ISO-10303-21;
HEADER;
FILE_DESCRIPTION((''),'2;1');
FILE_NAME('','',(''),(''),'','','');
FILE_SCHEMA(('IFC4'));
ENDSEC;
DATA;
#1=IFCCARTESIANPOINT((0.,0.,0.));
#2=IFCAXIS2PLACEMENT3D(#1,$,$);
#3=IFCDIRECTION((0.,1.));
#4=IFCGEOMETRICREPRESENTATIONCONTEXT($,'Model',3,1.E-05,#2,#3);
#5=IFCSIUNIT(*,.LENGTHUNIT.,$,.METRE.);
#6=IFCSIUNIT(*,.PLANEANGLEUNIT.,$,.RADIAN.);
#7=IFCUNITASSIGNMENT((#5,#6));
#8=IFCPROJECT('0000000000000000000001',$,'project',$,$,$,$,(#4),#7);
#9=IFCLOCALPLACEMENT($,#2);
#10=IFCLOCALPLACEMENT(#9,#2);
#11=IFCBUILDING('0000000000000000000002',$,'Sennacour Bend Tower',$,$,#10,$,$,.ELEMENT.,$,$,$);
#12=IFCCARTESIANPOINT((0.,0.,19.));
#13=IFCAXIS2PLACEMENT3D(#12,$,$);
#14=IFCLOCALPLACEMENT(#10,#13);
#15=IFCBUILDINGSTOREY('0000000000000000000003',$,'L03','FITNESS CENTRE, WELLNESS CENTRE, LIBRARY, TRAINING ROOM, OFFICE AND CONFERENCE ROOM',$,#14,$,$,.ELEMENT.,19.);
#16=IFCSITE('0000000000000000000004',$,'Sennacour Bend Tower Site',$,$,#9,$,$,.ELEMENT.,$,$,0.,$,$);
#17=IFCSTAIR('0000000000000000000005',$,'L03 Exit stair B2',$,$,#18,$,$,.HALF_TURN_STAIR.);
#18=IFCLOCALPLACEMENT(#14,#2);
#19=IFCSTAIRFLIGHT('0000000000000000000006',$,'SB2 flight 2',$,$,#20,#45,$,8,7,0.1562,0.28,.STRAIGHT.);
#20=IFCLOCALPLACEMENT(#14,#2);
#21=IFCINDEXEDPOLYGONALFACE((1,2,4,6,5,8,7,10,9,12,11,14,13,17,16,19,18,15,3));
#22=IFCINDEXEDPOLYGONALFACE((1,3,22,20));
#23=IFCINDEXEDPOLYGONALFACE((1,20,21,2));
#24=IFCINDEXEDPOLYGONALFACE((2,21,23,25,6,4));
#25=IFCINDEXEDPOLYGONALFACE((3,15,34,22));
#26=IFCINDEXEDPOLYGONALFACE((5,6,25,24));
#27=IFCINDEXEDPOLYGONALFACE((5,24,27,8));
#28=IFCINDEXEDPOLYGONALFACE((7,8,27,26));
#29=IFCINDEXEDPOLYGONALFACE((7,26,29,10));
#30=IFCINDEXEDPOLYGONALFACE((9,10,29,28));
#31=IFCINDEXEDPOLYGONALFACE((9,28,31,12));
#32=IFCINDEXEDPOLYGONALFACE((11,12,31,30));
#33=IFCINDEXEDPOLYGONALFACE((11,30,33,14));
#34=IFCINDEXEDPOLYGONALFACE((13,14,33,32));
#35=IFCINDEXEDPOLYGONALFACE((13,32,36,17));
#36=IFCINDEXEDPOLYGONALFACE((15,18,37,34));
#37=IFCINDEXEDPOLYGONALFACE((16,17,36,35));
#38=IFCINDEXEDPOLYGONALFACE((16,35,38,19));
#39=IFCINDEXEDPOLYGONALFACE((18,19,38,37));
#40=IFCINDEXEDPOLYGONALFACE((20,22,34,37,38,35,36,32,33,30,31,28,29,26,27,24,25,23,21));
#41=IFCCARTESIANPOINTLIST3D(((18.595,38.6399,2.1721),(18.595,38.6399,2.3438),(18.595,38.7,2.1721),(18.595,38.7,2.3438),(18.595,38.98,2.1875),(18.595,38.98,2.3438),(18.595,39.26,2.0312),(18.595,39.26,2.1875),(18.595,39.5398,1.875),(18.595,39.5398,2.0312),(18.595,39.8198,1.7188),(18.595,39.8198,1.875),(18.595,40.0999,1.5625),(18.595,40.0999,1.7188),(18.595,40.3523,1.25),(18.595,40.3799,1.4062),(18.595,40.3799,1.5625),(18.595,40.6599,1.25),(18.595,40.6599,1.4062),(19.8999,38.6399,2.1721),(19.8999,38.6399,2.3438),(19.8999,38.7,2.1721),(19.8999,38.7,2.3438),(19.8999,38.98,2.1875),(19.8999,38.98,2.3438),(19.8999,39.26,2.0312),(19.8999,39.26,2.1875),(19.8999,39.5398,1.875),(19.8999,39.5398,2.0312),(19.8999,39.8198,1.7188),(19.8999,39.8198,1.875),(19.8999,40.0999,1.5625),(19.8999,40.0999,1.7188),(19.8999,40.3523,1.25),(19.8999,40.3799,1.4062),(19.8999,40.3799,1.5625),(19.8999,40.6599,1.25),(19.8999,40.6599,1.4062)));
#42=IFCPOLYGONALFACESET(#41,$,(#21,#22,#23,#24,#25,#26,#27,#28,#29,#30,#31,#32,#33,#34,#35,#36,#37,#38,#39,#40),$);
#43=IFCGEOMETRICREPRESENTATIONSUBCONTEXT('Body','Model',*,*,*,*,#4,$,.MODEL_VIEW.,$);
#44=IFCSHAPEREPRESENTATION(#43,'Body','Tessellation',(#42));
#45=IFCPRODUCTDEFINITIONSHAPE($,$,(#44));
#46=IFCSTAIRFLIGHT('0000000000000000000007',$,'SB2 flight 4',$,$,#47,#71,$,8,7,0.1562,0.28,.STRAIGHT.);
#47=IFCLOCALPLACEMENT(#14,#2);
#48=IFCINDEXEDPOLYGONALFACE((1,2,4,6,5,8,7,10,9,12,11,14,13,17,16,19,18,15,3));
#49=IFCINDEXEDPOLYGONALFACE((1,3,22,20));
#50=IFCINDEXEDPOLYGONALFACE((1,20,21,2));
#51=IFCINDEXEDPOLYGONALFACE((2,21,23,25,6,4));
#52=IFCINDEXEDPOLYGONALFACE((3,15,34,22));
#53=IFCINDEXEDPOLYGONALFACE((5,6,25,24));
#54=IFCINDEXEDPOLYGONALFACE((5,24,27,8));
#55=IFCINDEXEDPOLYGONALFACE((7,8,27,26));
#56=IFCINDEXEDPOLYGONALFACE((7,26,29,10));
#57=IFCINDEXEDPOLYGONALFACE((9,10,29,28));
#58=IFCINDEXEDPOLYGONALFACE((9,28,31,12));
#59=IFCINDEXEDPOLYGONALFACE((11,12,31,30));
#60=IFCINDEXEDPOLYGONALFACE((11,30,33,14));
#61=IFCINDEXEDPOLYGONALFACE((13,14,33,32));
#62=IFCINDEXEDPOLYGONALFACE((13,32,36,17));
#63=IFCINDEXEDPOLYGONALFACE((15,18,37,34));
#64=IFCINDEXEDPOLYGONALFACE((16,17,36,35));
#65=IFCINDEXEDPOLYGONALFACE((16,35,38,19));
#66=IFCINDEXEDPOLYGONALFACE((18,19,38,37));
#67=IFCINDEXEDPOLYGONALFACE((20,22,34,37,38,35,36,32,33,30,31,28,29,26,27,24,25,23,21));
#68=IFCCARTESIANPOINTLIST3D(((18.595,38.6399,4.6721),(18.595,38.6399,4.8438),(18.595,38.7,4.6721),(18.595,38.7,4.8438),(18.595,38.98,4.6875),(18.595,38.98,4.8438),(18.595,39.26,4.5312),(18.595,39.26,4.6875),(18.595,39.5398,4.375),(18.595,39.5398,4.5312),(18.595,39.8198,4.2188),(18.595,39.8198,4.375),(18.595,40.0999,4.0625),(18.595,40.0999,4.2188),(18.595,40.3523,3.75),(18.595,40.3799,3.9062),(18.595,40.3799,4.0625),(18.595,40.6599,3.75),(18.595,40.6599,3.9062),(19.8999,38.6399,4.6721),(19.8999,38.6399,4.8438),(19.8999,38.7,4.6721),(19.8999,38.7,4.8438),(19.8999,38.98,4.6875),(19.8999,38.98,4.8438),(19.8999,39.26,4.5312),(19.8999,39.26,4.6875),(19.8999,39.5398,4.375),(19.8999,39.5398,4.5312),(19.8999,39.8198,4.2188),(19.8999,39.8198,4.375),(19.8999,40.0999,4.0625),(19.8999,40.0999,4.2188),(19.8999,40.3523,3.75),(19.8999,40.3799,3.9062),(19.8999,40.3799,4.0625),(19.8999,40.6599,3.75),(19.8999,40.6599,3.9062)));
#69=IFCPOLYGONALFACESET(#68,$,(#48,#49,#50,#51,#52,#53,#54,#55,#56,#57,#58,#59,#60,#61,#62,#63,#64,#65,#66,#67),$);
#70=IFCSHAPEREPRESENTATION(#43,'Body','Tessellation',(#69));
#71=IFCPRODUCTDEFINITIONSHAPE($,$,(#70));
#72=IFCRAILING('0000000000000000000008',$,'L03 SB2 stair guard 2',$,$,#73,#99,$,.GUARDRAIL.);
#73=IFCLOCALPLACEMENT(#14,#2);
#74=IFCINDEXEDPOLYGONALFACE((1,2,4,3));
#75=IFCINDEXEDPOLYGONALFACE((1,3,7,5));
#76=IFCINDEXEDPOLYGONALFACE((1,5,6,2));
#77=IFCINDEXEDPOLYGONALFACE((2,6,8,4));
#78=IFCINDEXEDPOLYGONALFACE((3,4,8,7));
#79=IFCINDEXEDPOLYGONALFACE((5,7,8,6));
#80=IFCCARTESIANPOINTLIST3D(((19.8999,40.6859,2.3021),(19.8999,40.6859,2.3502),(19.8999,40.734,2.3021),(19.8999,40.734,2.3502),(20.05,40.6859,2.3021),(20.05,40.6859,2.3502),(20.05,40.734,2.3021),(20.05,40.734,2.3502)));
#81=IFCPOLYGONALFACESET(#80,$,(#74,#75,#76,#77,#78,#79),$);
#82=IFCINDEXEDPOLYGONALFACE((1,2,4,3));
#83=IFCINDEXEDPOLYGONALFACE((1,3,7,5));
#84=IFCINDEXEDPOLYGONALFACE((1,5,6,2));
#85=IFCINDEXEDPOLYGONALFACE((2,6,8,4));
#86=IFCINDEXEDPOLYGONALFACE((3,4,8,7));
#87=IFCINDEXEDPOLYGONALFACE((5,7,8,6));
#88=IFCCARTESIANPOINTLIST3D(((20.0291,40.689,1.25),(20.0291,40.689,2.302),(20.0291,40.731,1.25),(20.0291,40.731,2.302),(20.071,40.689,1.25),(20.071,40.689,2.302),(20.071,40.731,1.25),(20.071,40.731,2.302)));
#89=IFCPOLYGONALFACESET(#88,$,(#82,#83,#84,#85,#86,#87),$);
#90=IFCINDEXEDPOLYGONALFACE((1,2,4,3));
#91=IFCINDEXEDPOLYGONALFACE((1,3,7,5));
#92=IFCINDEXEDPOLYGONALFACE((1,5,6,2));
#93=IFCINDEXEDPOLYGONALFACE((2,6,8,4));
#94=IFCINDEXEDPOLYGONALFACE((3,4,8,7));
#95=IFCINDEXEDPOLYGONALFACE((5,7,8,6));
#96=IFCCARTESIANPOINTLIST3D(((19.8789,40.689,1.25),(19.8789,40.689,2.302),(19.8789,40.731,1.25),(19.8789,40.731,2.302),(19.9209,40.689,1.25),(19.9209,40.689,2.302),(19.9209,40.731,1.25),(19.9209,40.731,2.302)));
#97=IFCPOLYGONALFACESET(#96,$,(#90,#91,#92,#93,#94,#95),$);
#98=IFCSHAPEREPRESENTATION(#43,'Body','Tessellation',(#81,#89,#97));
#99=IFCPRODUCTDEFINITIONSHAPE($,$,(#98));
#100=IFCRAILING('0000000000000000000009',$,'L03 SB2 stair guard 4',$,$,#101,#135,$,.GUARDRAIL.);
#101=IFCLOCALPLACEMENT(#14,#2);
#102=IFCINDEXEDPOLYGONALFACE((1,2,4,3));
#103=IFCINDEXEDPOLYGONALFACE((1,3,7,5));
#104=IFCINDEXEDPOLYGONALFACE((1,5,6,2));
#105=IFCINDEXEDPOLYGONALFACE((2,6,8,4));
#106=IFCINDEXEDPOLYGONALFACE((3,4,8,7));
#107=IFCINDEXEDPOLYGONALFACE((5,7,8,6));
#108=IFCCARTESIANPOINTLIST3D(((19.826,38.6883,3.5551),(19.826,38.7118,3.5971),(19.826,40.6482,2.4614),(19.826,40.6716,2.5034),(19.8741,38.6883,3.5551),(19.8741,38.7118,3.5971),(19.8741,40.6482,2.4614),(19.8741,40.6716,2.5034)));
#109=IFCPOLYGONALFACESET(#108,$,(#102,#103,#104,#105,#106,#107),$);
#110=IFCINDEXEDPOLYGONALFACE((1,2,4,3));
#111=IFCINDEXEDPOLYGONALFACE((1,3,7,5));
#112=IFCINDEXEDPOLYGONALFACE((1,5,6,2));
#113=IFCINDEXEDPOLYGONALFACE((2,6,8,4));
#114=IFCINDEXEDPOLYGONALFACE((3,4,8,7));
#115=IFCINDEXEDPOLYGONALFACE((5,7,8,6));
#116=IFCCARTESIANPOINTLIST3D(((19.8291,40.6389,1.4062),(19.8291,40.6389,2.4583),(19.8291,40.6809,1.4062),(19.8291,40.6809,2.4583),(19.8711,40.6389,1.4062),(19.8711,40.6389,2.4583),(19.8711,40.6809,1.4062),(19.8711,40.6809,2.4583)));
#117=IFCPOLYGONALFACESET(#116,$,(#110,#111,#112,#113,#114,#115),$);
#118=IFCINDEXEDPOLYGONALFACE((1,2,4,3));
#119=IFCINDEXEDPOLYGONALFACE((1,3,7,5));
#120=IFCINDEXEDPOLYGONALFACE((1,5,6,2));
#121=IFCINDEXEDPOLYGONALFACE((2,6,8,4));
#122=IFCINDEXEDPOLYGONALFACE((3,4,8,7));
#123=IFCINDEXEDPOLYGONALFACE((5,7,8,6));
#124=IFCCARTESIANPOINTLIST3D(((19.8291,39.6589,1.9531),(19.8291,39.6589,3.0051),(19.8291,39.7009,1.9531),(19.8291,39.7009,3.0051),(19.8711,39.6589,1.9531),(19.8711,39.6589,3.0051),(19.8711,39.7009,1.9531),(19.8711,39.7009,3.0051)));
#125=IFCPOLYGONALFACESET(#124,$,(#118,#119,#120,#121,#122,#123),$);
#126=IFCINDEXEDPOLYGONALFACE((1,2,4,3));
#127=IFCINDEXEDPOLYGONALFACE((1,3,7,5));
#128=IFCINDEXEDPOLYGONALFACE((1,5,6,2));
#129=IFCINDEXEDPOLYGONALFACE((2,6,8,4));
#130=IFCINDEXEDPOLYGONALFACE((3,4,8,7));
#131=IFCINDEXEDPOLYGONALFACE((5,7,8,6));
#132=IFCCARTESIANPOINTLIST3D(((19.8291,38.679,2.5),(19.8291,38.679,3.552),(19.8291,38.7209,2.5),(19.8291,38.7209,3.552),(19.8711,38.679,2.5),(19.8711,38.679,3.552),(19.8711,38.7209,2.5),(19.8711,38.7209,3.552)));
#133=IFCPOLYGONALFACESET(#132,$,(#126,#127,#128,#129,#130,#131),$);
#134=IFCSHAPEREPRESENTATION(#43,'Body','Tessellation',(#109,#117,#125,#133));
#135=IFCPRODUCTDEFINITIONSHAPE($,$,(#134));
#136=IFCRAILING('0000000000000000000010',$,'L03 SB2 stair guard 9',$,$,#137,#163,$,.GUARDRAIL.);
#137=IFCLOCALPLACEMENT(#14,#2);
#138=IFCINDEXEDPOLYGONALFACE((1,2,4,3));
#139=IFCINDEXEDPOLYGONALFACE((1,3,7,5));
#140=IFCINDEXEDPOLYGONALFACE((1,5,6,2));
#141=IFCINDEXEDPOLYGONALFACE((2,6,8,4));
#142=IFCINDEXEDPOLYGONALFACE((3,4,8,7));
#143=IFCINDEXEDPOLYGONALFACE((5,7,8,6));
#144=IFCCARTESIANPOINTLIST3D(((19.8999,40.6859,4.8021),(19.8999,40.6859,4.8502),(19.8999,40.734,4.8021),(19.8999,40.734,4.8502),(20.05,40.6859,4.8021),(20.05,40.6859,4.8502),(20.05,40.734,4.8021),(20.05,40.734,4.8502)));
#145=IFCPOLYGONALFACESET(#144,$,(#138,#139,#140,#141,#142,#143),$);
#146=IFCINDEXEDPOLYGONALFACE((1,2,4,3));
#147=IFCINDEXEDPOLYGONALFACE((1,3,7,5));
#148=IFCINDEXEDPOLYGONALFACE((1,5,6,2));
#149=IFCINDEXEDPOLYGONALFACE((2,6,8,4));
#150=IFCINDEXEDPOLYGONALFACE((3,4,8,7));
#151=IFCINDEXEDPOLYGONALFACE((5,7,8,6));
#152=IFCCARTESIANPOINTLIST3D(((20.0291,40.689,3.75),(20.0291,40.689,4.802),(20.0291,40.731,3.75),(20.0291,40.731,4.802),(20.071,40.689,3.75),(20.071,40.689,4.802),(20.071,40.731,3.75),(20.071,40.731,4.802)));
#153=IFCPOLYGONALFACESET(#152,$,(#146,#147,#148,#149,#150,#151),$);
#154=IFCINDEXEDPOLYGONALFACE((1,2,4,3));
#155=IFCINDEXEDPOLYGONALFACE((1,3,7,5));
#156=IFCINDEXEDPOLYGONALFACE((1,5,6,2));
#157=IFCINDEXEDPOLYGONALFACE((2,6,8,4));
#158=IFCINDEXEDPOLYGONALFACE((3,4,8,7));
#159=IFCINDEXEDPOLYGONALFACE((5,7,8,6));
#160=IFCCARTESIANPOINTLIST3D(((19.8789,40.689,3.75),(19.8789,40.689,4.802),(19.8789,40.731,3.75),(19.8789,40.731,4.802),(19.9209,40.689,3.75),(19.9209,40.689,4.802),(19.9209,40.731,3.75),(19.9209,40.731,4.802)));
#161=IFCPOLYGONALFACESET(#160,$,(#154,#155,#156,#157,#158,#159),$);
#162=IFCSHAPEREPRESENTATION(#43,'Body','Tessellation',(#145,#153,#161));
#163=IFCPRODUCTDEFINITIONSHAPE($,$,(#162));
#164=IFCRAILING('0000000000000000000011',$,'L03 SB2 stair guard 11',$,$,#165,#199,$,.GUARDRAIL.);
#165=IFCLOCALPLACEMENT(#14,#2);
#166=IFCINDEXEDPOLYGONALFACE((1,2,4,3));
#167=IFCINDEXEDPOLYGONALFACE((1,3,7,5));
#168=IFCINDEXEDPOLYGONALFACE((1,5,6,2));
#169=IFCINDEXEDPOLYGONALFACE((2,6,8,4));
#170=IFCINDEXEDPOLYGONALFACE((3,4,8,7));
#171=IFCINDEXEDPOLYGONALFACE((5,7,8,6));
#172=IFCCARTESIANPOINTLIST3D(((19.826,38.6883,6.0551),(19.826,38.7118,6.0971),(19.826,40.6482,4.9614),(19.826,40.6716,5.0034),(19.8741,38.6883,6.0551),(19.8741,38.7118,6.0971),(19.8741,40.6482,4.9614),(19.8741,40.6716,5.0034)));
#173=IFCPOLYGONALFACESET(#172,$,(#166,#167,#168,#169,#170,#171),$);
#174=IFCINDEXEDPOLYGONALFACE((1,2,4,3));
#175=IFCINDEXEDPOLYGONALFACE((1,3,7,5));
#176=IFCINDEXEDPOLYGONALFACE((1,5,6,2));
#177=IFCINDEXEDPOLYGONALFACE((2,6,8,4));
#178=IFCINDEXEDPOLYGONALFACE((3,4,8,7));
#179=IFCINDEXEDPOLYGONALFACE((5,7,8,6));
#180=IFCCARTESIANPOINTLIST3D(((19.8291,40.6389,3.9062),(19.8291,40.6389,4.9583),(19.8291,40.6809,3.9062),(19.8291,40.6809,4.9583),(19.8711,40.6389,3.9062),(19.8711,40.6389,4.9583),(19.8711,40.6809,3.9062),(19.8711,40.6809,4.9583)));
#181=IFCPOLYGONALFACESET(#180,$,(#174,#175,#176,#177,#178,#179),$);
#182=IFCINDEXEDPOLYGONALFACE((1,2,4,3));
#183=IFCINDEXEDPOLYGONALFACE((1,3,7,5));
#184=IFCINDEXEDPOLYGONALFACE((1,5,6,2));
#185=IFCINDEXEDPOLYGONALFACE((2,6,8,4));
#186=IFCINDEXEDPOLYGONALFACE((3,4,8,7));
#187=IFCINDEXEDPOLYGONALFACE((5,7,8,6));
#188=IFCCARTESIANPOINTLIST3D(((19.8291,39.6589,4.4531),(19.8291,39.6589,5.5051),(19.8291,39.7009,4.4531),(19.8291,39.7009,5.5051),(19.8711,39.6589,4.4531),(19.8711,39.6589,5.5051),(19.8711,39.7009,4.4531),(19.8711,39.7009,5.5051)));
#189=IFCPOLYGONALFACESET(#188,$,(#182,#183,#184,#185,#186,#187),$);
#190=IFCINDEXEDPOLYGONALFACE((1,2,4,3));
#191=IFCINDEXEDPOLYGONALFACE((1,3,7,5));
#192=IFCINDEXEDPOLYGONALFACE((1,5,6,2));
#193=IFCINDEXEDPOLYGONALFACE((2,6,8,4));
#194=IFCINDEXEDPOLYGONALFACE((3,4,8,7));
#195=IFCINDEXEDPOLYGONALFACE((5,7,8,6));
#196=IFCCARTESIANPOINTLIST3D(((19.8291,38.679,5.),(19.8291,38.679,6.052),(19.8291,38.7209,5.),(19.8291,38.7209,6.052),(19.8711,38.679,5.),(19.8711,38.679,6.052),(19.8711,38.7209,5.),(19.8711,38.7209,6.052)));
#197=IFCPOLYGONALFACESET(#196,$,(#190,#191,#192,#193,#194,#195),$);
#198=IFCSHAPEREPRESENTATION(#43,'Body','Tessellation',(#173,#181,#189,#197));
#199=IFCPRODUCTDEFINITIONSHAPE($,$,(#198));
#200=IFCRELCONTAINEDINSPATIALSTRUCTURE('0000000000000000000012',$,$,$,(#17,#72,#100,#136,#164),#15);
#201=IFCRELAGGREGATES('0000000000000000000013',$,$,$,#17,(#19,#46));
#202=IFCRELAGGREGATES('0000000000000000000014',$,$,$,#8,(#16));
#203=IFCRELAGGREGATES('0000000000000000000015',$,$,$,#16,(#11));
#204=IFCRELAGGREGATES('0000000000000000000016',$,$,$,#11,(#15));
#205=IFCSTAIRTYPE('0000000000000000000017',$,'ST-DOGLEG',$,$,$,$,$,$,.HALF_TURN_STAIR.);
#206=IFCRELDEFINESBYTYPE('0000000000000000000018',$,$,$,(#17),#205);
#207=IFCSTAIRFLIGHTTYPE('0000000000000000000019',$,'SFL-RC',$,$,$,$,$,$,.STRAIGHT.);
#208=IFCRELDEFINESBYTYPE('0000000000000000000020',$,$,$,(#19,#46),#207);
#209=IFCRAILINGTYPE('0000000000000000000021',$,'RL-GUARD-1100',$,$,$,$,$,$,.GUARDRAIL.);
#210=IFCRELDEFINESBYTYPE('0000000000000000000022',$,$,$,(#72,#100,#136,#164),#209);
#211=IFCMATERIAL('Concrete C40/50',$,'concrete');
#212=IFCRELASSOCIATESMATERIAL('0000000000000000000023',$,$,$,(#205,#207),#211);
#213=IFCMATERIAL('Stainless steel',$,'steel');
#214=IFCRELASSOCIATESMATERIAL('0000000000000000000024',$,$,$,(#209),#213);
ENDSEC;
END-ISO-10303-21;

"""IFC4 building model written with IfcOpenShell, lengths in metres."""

from ifc_helpers import new_model, si_unit, direction, frame, origin, origin_2d, place, context, subcontext, project, spatial, polyline, rectangle, outline, extrude, material, type_object, element, aggregate, save


model = new_model("IFC4")

# Units and contexts
model_context = context("Model", 3, precision=1e-05, world=origin(), true_north=direction((0.0, 1.0)))
body_context = subcontext(model_context, "Body", "Model", "MODEL_VIEW")
ifc_project = project(units=[si_unit("LENGTHUNIT", "METRE"), si_unit("PLANEANGLEUNIT", "RADIAN")], contexts=[model_context])

# Site, building, storey
site_placement = place(None, origin())
site = spatial("IfcSite", under=ifc_project, at=site_placement, Name="Sennacour Bend Tower Site", CompositionType="ELEMENT", RefElevation=0.0)
building_placement = place(site_placement, origin())
building = spatial("IfcBuilding", under=site, at=building_placement, Name="Sennacour Bend Tower", CompositionType="ELEMENT")
storey_placement = place(building_placement, frame((0.0, 0.0, 19.0)))
storey = spatial("IfcBuildingStorey", under=building, at=storey_placement, Name="L03", Description="FITNESS CENTRE, WELLNESS CENTRE, LIBRARY, TRAINING ROOM, OFFICE AND CONFERENCE ROOM", CompositionType="ELEMENT", Elevation=19.0)

# Shared definitions
ifc_material_1 = material(Name="Stainless steel", Category="steel")

# Stair, stair flights
ifc_material_2 = material(Name="Concrete C40/50", Category="concrete")
stair_type = type_object("IfcStairType", Name="ST-DOGLEG", PredefinedType="HALF_TURN_STAIR", material=ifc_material_2)
stair_placement = place(storey_placement, origin())
stair = element("IfcStair", 1, at=stair_placement, inside=storey, type_object=stair_type, Name="L03 Exit stair B2", PredefinedType="HALF_TURN_STAIR")
stair_flight_type = type_object("IfcStairFlightType", Name="SFL-RC", PredefinedType="STRAIGHT", material=ifc_material_2)
stair_flight_1_placement = place(storey_placement, frame((19.2476, 40.6599, 1.25), z_axis=(0.0, 0.0, 1.0), x_axis=(0.0, -1.0, 0.0)))
stair_flight_1 = element("IfcStairFlight", 2, at=stair_flight_1_placement, type_object=stair_flight_type, Name="SB2 flight 2", NumberOfRisers=8, NumberOfTreads=7, PredefinedType="STRAIGHT", RiserHeight=0.1562, TreadLength=0.28, context=body_context, shape_type="SweptSolid", body=[
    extrude(outline(polyline([(0.0, 0.0), (0.0, 0.1562), (0.28, 0.1562), (0.28, 0.3125), (0.5601, 0.3125), (0.5601, 0.4688), (0.8401, 0.4688), (0.8401, 0.625), (1.1201, 0.625), (1.1201, 0.7812), (1.3999, 0.7812), (1.3999, 0.9375), (1.6799, 0.9375), (1.6799, 1.0938), (1.96, 1.0938), (2.02, 1.0938), (2.02, 0.9221), (1.96, 0.9221), (0.3076, 0.0), (0.0, 0.0)])), frame((0.0, 0.6523, 0.0), z_axis=(0.0, -1.0, 0.0), x_axis=(1.0, 0.0, 0.0)), (0.0, 0.0, 1.0), 1.3049),
])
stair_flight_2_placement = place(storey_placement, frame((19.2476, 40.6599, 3.75), z_axis=(0.0, 0.0, 1.0), x_axis=(0.0, -1.0, 0.0)))
stair_flight_2 = element("IfcStairFlight", 3, at=stair_flight_2_placement, type_object=stair_flight_type, Name="SB2 flight 4", NumberOfRisers=8, NumberOfTreads=7, PredefinedType="STRAIGHT", RiserHeight=0.1562, TreadLength=0.28, context=body_context, shape_type="SweptSolid", body=[
    extrude(outline(polyline([(0.0, 0.0), (0.0, 0.1562), (0.28, 0.1562), (0.28, 0.3125), (0.5601, 0.3125), (0.5601, 0.4688), (0.8401, 0.4688), (0.8401, 0.625), (1.1201, 0.625), (1.1201, 0.7812), (1.3999, 0.7812), (1.3999, 0.9375), (1.6799, 0.9375), (1.6799, 1.0938), (1.96, 1.0938), (2.02, 1.0938), (2.02, 0.9221), (1.96, 0.9221), (0.3076, 0.0), (0.0, 0.0)])), frame((0.0, 0.6523, 0.0), z_axis=(0.0, -1.0, 0.0), x_axis=(1.0, 0.0, 0.0)), (0.0, 0.0, 1.0), 1.3049),
])
aggregate(stair, [stair_flight_1, stair_flight_2])

# Railings
railing_type_1 = type_object("IfcRailingType", Name="RL-GUARD-1100", PredefinedType="GUARDRAIL", material=ifc_material_1)
railing_1_placement = place(storey_placement, frame((20.05, 40.71, 1.25)))
element("IfcRailing", 4, at=railing_1_placement, inside=storey, type_object=railing_type_1, Name="L03 SB2 stair guard 2", PredefinedType="GUARDRAIL", context=body_context, shape_type="SweptSolid", body=[
    extrude(rectangle(XDim=0.0481, YDim=0.0481, at=origin_2d()), frame((0.0, 0.0, 1.0762), z_axis=(-1.0, 0.0, 0.0), x_axis=(0.0, -1.0, 0.0)), (0.0, 0.0, 1.0), 0.1501),
    extrude(rectangle(XDim=0.042, YDim=0.042, at=origin_2d()), origin(), (0.0, 0.0, 1.0), 1.052),
    extrude(rectangle(XDim=0.042, YDim=0.042, at=origin_2d()), frame((-0.1501, 0.0, 0.0)), (0.0, 0.0, 1.0), 1.052),
])
railing_2_placement = place(storey_placement, frame((19.8501, 40.6599, 1.4062)))
element("IfcRailing", 5, at=railing_2_placement, inside=storey, type_object=railing_type_1, Name="L03 SB2 stair guard 4", PredefinedType="GUARDRAIL", context=body_context, shape_type="SweptSolid", body=[
    extrude(rectangle(XDim=0.0481, YDim=0.0481, at=origin_2d()), frame((0.0, 0.0, 1.0762), z_axis=(0.0, -0.873232, 0.487304), x_axis=(1.0, 0.0, 0.0)), (0.0, 0.0, 1.0), 2.2444),
    extrude(rectangle(XDim=0.042, YDim=0.042, at=origin_2d()), origin(), (0.0, 0.0, 1.0), 1.052),
    extrude(rectangle(XDim=0.042, YDim=0.042, at=origin_2d()), frame((0.0, -0.98, 0.5469)), (0.0, 0.0, 1.0), 1.052),
    extrude(rectangle(XDim=0.042, YDim=0.042, at=origin_2d()), frame((0.0, -1.96, 1.0938)), (0.0, 0.0, 1.0), 1.052),
])
railing_3_placement = place(storey_placement, frame((20.05, 40.71, 3.75)))
element("IfcRailing", 6, at=railing_3_placement, inside=storey, type_object=railing_type_1, Name="L03 SB2 stair guard 9", PredefinedType="GUARDRAIL", context=body_context, shape_type="SweptSolid", body=[
    extrude(rectangle(XDim=0.0481, YDim=0.0481, at=origin_2d()), frame((0.0, 0.0, 1.0762), z_axis=(-1.0, 0.0, 0.0), x_axis=(0.0, -1.0, 0.0)), (0.0, 0.0, 1.0), 0.1501),
    extrude(rectangle(XDim=0.042, YDim=0.042, at=origin_2d()), origin(), (0.0, 0.0, 1.0), 1.052),
    extrude(rectangle(XDim=0.042, YDim=0.042, at=origin_2d()), frame((-0.1501, 0.0, 0.0)), (0.0, 0.0, 1.0), 1.052),
])
railing_4_placement = place(storey_placement, frame((19.8501, 40.6599, 3.9062)))
element("IfcRailing", 7, at=railing_4_placement, inside=storey, type_object=railing_type_1, Name="L03 SB2 stair guard 11", PredefinedType="GUARDRAIL", context=body_context, shape_type="SweptSolid", body=[
    extrude(rectangle(XDim=0.0481, YDim=0.0481, at=origin_2d()), frame((0.0, 0.0, 1.0762), z_axis=(0.0, -0.873232, 0.487304), x_axis=(1.0, 0.0, 0.0)), (0.0, 0.0, 1.0), 2.2444),
    extrude(rectangle(XDim=0.042, YDim=0.042, at=origin_2d()), origin(), (0.0, 0.0, 1.0), 1.052),
    extrude(rectangle(XDim=0.042, YDim=0.042, at=origin_2d()), frame((0.0, -0.98, 0.5469)), (0.0, 0.0, 1.0), 1.052),
    extrude(rectangle(XDim=0.042, YDim=0.042, at=origin_2d()), frame((0.0, -1.96, 1.0938)), (0.0, 0.0, 1.0), 1.052),
])

save(model, "model.ifc")
